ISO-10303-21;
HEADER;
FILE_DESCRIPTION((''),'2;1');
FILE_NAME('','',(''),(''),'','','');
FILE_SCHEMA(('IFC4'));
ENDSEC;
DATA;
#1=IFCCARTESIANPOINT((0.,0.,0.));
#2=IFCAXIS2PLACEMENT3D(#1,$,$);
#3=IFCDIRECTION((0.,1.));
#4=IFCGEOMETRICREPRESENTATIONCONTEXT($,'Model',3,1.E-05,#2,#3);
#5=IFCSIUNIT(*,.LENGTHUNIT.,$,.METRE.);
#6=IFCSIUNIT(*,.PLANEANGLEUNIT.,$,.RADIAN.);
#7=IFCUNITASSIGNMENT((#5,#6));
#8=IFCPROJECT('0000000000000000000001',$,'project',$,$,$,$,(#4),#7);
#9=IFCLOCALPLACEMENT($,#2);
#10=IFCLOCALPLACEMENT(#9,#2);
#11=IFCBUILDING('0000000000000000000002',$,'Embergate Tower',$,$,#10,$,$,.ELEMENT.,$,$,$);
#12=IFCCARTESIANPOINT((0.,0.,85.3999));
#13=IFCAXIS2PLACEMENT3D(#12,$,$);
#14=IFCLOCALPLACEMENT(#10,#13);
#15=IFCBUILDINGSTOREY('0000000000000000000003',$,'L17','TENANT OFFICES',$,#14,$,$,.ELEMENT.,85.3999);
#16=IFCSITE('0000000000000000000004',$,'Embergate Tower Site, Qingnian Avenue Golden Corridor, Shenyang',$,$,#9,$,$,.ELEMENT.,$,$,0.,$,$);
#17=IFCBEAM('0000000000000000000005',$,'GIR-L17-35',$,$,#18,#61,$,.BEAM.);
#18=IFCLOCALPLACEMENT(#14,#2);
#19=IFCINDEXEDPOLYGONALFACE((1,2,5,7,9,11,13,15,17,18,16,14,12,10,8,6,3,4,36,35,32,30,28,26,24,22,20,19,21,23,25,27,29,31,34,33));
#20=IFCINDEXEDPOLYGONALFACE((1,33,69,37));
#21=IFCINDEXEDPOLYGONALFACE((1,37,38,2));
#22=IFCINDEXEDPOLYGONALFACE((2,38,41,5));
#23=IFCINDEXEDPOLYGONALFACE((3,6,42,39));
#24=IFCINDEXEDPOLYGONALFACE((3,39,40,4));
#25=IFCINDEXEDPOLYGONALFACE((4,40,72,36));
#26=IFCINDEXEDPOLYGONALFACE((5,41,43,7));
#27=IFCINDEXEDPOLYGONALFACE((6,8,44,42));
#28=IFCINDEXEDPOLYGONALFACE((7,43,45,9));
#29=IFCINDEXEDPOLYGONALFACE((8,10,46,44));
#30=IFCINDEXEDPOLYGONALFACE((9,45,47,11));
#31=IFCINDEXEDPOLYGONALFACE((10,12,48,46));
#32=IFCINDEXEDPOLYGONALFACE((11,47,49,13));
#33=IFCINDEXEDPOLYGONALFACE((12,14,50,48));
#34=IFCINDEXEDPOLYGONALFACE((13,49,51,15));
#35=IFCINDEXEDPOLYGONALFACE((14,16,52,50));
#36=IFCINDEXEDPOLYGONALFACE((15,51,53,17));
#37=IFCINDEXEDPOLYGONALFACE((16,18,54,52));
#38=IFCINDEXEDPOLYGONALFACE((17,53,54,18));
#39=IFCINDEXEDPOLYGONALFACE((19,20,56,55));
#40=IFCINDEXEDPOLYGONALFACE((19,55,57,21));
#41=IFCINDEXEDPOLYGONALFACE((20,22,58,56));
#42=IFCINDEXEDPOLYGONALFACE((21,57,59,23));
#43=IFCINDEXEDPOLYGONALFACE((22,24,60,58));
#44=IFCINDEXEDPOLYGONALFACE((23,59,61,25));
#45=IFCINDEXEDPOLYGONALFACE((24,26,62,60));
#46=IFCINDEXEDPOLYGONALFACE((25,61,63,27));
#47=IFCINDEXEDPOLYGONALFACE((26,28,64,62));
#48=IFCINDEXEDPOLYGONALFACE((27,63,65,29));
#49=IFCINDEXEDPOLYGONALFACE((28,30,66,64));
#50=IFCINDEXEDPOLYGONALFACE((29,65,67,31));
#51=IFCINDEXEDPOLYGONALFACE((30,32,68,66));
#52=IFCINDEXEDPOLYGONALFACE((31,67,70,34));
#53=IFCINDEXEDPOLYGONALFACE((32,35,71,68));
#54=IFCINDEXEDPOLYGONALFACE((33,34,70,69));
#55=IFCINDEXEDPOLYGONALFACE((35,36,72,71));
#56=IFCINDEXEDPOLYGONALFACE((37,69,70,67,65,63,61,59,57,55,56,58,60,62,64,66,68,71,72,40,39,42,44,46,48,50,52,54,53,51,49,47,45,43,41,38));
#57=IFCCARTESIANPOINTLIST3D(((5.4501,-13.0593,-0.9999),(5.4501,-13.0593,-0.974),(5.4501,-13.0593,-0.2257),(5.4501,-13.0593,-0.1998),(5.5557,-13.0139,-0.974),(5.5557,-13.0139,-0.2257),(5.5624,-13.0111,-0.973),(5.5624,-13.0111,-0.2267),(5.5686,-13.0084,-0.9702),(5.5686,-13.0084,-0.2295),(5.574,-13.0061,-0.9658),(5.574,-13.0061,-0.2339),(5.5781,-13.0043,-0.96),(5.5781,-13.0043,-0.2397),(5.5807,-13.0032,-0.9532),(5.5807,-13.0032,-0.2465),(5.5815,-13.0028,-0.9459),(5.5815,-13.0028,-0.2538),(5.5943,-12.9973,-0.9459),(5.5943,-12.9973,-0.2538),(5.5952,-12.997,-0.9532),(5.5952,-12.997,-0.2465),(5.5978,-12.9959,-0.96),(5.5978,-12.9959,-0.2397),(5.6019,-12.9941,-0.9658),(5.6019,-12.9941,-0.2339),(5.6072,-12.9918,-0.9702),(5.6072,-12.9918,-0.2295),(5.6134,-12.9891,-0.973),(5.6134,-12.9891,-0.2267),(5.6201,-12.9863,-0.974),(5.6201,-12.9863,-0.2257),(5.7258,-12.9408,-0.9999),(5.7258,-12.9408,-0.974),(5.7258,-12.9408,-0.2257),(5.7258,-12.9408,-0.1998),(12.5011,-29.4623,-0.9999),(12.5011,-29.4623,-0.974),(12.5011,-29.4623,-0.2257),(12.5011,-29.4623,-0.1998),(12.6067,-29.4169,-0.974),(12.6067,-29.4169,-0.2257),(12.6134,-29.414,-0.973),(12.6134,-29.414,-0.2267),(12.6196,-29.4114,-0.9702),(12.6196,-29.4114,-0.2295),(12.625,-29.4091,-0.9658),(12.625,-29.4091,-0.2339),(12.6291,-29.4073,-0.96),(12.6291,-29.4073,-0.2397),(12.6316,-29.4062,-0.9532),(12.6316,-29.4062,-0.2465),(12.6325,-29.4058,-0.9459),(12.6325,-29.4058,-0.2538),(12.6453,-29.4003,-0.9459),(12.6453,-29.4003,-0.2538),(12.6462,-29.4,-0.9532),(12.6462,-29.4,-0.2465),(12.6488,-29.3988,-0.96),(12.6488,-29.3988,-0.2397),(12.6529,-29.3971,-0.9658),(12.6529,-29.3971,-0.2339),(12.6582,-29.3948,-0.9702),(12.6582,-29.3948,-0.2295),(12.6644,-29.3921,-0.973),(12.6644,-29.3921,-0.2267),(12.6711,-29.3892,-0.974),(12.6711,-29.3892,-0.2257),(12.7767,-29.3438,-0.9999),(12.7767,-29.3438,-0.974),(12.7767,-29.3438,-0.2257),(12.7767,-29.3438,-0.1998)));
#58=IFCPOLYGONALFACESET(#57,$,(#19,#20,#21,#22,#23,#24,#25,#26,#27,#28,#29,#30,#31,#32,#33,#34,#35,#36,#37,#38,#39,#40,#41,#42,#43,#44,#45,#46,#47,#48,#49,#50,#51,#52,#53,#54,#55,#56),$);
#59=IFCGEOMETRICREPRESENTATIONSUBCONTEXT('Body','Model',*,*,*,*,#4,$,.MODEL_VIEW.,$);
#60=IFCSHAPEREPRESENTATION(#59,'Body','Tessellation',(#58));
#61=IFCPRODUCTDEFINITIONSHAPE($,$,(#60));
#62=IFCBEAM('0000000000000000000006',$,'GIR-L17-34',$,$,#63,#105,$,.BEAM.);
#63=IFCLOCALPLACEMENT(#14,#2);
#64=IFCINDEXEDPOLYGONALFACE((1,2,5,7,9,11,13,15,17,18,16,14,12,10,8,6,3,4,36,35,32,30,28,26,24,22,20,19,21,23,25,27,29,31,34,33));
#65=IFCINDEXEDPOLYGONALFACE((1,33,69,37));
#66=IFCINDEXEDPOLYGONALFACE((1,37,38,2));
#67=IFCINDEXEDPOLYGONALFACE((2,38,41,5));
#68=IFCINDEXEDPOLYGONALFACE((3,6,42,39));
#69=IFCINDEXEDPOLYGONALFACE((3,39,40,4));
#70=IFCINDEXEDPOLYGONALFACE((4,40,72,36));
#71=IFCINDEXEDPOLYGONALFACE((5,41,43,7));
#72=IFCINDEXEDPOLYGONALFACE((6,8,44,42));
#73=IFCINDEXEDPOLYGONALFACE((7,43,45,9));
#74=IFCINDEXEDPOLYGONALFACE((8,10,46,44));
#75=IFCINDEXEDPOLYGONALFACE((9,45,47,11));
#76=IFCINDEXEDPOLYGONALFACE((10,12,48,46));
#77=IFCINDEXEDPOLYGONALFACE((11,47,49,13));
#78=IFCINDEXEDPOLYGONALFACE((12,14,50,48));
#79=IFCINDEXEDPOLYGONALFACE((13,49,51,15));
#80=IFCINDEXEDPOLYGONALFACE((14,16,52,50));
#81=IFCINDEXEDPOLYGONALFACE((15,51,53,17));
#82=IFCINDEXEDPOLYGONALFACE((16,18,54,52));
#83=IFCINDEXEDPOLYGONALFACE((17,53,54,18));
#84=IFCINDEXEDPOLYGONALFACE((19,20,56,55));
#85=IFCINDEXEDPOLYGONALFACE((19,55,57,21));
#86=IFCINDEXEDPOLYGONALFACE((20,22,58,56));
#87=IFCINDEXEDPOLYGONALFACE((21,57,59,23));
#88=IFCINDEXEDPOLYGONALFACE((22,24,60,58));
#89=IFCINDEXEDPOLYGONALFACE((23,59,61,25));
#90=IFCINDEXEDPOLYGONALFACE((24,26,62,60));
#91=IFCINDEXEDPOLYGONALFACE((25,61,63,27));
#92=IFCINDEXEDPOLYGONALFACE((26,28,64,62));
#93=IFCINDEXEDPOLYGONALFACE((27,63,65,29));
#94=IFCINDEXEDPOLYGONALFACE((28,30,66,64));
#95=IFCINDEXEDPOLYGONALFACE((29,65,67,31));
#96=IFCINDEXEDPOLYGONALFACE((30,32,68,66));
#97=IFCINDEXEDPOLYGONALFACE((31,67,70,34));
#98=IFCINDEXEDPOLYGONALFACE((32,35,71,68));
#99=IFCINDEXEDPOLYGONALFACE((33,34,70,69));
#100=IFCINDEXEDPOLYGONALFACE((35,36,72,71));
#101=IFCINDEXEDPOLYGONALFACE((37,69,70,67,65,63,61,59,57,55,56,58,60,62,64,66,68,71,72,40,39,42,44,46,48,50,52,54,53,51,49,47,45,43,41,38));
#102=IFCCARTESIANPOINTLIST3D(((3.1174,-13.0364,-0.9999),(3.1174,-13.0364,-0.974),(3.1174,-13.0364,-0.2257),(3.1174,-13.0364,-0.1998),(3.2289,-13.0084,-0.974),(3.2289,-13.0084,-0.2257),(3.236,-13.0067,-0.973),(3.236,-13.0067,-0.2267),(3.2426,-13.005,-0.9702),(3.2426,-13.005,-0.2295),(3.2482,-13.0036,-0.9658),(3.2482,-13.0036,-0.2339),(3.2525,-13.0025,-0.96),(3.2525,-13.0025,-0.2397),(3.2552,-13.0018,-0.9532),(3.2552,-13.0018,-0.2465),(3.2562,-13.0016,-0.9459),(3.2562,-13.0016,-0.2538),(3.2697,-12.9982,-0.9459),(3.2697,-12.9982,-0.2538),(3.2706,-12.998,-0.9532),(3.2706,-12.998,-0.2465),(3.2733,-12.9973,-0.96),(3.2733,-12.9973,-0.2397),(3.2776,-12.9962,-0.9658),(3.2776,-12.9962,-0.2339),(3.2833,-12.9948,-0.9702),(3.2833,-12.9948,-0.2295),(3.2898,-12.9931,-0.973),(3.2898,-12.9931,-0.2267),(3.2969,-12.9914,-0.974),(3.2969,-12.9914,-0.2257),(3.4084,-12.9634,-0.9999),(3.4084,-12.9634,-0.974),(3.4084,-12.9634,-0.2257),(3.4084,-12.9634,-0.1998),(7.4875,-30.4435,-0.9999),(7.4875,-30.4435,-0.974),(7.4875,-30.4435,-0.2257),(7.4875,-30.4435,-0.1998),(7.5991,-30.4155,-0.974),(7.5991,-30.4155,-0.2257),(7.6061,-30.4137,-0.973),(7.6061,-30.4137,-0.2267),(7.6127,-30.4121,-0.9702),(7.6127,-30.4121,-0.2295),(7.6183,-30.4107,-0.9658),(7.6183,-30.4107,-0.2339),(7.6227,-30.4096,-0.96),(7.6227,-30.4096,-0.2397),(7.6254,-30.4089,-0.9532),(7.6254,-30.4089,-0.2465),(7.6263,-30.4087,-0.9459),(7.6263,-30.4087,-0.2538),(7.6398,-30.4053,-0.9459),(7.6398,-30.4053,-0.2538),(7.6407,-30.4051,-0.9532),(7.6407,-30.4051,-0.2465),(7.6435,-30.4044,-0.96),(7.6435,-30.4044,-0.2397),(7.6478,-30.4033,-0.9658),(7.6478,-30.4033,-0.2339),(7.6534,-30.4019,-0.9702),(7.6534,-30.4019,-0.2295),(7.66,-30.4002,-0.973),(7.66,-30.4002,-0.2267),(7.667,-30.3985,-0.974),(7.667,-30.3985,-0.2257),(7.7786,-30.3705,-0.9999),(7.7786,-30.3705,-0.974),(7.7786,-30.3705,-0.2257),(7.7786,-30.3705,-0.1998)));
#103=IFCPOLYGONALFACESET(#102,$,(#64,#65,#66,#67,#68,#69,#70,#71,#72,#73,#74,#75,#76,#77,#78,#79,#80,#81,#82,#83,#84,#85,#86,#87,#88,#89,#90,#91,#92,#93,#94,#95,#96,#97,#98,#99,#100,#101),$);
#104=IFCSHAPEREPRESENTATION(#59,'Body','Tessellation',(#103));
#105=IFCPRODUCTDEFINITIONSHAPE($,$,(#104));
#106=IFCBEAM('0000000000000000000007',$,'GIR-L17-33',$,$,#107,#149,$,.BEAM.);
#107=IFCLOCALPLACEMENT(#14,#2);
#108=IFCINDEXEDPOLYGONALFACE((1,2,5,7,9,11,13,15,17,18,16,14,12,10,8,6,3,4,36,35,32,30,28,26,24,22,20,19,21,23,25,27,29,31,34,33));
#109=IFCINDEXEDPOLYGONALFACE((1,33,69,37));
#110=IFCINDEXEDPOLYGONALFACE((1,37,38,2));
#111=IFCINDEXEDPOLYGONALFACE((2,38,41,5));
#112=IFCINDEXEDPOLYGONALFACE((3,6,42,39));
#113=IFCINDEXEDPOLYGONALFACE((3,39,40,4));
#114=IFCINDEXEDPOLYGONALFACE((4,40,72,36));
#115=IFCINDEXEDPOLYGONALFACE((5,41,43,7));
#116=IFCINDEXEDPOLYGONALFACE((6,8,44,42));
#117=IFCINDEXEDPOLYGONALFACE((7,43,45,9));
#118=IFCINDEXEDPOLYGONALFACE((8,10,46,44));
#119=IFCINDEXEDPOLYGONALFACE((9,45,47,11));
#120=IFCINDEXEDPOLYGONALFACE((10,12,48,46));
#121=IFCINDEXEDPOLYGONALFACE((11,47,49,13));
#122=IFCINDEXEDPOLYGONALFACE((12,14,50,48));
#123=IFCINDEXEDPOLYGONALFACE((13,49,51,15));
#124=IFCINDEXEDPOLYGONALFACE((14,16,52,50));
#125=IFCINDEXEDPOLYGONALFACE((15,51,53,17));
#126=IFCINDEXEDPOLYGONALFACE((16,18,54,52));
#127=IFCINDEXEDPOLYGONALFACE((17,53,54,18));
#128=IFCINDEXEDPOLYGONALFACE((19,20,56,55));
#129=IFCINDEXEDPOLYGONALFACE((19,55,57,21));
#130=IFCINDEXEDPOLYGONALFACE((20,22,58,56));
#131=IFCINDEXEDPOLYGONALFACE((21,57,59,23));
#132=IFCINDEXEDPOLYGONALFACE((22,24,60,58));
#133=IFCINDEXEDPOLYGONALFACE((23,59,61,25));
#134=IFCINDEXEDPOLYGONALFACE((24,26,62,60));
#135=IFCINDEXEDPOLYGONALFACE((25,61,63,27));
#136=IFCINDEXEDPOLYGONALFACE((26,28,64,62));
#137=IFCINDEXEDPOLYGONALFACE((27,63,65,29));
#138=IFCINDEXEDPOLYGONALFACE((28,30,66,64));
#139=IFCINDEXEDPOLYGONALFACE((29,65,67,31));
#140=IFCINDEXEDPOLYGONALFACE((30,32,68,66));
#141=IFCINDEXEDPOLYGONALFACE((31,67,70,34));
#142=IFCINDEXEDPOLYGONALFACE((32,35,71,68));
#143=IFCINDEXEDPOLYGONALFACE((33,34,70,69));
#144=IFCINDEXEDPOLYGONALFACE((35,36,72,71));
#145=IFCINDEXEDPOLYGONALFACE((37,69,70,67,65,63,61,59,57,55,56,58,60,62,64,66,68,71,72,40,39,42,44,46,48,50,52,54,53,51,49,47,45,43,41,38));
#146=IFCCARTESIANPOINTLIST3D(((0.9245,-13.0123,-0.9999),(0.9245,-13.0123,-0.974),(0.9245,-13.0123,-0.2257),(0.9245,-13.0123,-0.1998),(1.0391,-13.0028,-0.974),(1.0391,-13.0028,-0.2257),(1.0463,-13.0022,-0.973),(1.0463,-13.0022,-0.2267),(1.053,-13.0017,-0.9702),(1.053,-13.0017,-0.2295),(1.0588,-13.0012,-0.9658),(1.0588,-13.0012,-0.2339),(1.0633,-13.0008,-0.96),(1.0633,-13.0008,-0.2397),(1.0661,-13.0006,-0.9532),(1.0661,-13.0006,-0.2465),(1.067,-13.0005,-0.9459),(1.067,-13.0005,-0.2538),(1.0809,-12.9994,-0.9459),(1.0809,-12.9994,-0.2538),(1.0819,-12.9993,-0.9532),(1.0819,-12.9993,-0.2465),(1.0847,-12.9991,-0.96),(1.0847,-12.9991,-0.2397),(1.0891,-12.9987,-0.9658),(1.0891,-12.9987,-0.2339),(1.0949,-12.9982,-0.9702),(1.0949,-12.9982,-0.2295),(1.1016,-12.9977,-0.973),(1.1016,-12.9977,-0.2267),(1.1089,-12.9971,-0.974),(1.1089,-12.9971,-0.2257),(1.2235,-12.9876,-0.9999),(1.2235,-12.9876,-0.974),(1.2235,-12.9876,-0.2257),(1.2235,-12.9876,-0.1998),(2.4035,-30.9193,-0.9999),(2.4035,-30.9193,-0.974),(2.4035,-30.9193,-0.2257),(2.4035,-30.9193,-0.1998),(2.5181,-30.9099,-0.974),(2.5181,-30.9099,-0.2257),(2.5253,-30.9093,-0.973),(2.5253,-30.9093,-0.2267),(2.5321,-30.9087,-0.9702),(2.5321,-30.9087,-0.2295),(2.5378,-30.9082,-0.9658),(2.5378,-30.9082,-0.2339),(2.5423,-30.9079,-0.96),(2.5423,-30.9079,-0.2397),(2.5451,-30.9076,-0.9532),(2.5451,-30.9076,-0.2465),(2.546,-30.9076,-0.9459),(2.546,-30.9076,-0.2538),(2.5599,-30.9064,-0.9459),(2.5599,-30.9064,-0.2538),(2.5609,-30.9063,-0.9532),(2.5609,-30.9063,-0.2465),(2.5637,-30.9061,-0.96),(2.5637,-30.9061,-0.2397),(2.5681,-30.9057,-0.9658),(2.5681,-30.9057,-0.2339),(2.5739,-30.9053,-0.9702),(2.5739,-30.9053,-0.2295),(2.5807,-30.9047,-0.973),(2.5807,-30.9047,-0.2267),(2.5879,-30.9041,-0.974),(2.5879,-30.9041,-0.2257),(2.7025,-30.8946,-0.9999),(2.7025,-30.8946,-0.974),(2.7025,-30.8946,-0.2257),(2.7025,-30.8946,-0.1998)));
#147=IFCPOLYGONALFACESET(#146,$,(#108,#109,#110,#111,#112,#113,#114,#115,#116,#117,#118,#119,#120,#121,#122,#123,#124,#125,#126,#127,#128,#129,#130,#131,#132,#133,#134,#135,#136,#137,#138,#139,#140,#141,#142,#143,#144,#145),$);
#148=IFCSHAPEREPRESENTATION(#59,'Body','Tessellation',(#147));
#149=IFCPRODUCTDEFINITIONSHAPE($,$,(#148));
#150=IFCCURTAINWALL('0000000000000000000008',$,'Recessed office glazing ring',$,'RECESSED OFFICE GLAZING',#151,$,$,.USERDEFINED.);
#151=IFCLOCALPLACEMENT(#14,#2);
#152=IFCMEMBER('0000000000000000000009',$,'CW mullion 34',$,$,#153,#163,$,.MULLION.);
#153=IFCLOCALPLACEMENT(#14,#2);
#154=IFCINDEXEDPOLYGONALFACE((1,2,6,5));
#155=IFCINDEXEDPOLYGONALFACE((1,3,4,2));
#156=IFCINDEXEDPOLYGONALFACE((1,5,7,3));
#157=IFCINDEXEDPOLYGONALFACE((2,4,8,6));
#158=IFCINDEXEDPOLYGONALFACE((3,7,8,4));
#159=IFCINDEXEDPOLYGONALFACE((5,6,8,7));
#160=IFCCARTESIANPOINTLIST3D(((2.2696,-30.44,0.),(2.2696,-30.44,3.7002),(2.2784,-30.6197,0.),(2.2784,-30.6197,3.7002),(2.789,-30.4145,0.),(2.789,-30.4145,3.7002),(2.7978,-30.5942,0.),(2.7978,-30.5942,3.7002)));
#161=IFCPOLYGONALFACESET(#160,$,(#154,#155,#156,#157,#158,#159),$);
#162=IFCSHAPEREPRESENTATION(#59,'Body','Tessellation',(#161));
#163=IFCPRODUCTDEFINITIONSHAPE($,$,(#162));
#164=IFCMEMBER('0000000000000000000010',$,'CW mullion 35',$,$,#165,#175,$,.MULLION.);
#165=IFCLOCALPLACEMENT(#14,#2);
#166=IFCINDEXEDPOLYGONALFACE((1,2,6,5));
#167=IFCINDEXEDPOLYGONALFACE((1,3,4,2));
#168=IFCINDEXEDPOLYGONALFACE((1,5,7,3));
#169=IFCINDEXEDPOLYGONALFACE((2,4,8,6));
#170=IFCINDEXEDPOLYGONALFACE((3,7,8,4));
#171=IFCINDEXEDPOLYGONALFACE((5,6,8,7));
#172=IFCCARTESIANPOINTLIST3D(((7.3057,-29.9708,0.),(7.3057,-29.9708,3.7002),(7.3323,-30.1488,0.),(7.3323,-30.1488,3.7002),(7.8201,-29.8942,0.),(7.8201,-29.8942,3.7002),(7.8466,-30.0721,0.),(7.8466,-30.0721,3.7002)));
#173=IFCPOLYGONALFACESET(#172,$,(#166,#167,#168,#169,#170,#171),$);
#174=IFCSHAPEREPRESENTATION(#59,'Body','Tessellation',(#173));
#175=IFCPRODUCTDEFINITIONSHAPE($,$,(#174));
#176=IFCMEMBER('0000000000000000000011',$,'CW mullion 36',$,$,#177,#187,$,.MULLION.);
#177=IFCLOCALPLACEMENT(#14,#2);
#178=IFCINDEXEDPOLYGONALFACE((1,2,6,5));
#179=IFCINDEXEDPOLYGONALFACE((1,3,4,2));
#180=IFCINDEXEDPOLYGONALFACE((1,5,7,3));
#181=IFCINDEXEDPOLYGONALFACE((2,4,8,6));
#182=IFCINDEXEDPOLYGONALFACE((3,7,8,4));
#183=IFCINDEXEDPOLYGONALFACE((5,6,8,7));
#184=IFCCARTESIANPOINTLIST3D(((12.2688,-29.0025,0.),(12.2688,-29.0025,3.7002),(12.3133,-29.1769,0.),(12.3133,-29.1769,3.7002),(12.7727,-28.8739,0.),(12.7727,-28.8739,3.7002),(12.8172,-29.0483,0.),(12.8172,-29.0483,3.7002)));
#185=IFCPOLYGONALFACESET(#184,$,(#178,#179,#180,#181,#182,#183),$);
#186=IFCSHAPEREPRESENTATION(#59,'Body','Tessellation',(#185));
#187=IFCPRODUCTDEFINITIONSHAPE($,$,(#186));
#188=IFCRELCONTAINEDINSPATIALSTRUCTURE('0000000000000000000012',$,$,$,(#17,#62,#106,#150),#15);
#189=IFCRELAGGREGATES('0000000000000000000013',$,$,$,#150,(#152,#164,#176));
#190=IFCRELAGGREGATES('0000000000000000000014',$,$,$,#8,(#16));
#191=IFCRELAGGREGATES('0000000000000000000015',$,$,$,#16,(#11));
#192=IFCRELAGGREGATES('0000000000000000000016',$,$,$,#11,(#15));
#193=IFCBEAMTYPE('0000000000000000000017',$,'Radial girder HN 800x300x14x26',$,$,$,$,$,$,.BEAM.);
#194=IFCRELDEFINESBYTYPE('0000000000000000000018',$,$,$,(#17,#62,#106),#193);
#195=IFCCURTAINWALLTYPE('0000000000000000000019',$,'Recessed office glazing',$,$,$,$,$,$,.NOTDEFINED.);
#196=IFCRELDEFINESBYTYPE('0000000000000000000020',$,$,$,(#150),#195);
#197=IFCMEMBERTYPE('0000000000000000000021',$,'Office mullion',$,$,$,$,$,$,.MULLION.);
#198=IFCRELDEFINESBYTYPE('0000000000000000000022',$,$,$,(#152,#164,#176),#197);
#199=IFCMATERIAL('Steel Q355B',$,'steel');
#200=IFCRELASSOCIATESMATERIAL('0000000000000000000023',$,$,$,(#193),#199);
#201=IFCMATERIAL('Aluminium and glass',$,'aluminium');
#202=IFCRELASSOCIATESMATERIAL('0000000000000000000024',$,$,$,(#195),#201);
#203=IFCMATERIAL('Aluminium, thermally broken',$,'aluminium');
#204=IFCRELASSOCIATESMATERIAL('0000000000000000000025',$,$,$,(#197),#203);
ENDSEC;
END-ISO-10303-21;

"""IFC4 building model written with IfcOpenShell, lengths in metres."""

from ifc_helpers import new_model, si_unit, direction, frame, origin, origin_2d, place, context, subcontext, project, spatial, rectangle, i_section, extrude, source, transform, mapped, material, material_profile, profile_set, type_object, element, aggregate, save


model = new_model("IFC4")

# Units and contexts
model_context = context("Model", 3, precision=1e-05, world=origin(), true_north=direction((0.0, 1.0)))
body_context = subcontext(model_context, "Body", "Model", "MODEL_VIEW")
ifc_project = project(units=[si_unit("LENGTHUNIT", "METRE"), si_unit("PLANEANGLEUNIT", "RADIAN")], contexts=[model_context])

# Site, building, storey
site_placement = place(None, origin())
site = spatial("IfcSite", under=ifc_project, at=site_placement, Name="Embergate Tower Site, Qingnian Avenue Golden Corridor, Shenyang", CompositionType="ELEMENT", RefElevation=0.0)
building_placement = place(site_placement, origin())
building = spatial("IfcBuilding", under=site, at=building_placement, Name="Embergate Tower", CompositionType="ELEMENT")
storey_placement = place(building_placement, frame((0.0, 0.0, 85.3999)))
storey = spatial("IfcBuildingStorey", under=building, at=storey_placement, Name="L17", Description="TENANT OFFICES", CompositionType="ELEMENT", Elevation=85.3999)

# Beams
ifc_material_1 = material(Name="Steel Q355B", Category="steel")
ifc_material_profile_1 = material_profile(ifc_material_1, i_section(OverallWidth=0.3, OverallDepth=0.8, WebThickness=0.0139, FlangeThickness=0.0259, FilletRadius=0.0281, at=origin_2d()), Name="HN 800x300x14x26")
ifc_profile_set_1 = profile_set([ifc_material_profile_1], Name="Steel Q355 grade B")
beam_type_1 = type_object("IfcBeamType", Name="Radial girder HN 800x300x14x26", PredefinedType="BEAM", material=ifc_profile_set_1)
shared_shape_1 = source(origin(), body_context, "Body", "SweptSolid", [
    extrude(i_section(OverallWidth=0.3, OverallDepth=0.8, WebThickness=0.0139, FlangeThickness=0.0259, FilletRadius=0.0281, at=origin_2d()), origin(), (0.0, 0.0, 1.0), 17.8542),
])
beam_1_placement = place(storey_placement, frame((12.6389, -29.4031, -0.5999), z_axis=(-0.394919, 0.918716, 0.0), x_axis=(-0.918716, -0.394919, 0.0)))
element("IfcBeam", 1, at=beam_1_placement, inside=storey, type_object=beam_type_1, Name="GIR-L17-35", PredefinedType="BEAM", context=body_context, shape_type="MappedRepresentation", body=[
    mapped(shared_shape_1, transform((0.0, 0.0, 0.0))),
])
shared_shape_2 = source(origin(), body_context, "Body", "SweptSolid", [
    extrude(i_section(OverallWidth=0.3, OverallDepth=0.8, WebThickness=0.0139, FlangeThickness=0.0259, FilletRadius=0.0281, at=origin_2d()), origin(), (0.0, 0.0, 1.0), 17.9473),
])
beam_2_placement = place(storey_placement, frame((7.6331, -30.407, -0.5999), z_axis=(-0.243499, 0.969901, 0.0), x_axis=(-0.969901, -0.243499, 0.0)))
element("IfcBeam", 2, at=beam_2_placement, inside=storey, type_object=beam_type_1, Name="GIR-L17-34", PredefinedType="BEAM", context=body_context, shape_type="MappedRepresentation", body=[
    mapped(shared_shape_2, transform((0.0, 0.0, 0.0))),
])
shared_shape_3 = source(origin(), body_context, "Body", "SweptSolid", [
    extrude(i_section(OverallWidth=0.3, OverallDepth=0.8, WebThickness=0.0139, FlangeThickness=0.0259, FilletRadius=0.0281, at=origin_2d()), origin(), (0.0, 0.0, 1.0), 17.968),
])
beam_3_placement = place(storey_placement, frame((2.553, -30.907, -0.5999), z_axis=(-0.082313, 0.996606, 0.0), x_axis=(-0.996606, -0.082313, 0.0)))
element("IfcBeam", 3, at=beam_3_placement, inside=storey, type_object=beam_type_1, Name="GIR-L17-33", PredefinedType="BEAM", context=body_context, shape_type="MappedRepresentation", body=[
    mapped(shared_shape_3, transform((0.0, 0.0, 0.0))),
])

# Curtain wall, members
ifc_material_2 = material(Name="Aluminium and glass", Category="aluminium")
curtain_wall_type = type_object("IfcCurtainWallType", Name="Recessed office glazing", PredefinedType="NOTDEFINED", material=ifc_material_2)
curtain_wall_placement = place(storey_placement, origin())
curtain_wall = element("IfcCurtainWall", 4, at=curtain_wall_placement, inside=storey, type_object=curtain_wall_type, Name="Recessed office glazing ring", ObjectType="RECESSED OFFICE GLAZING", PredefinedType="USERDEFINED")
ifc_material_3 = material(Name="Aluminium, thermally broken", Category="aluminium")
ifc_material_profile_2 = material_profile(ifc_material_3, rectangle(XDim=0.1799, YDim=0.52, at=origin_2d()), Name="AL 520x180")
ifc_profile_set_2 = profile_set([ifc_material_profile_2], Name="Aluminium, thermally broken")
member_type_1 = type_object("IfcMemberType", Name="Office mullion", PredefinedType="MULLION", material=ifc_profile_set_2)
shared_shape_4 = source(origin(), body_context, "Body", "SweptSolid", [
    extrude(rectangle(XDim=0.1799, YDim=0.52, at=origin_2d()), origin(), (0.0, 0.0, 1.0), 3.7002),
])
member_1_placement = place(storey_placement, frame((2.5337, -30.5171, 0.0), z_axis=(0.0, 0.0, 1.0), x_axis=(-0.048972, 0.9988, 0.0)))
member_1 = element("IfcMember", 5, at=member_1_placement, type_object=member_type_1, Name="CW mullion 34", PredefinedType="MULLION", context=body_context, shape_type="MappedRepresentation", body=[
    mapped(shared_shape_4, transform((0.0, 0.0, 0.0))),
])
member_2_placement = place(storey_placement, frame((7.5762, -30.0215, 0.0), z_axis=(0.0, 0.0, 1.0), x_axis=(-0.147412, 0.989075, 0.0)))
member_2 = element("IfcMember", 6, at=member_2_placement, type_object=member_type_1, Name="CW mullion 35", PredefinedType="MULLION", context=body_context, shape_type="MappedRepresentation", body=[
    mapped(shared_shape_4, transform((0.0, 0.0, 0.0))),
])
member_3_placement = place(storey_placement, frame((12.543, -29.0254, 0.0), z_axis=(0.0, 0.0, 1.0), x_axis=(-0.247312, 0.968936, 0.0)))
member_3 = element("IfcMember", 7, at=member_3_placement, type_object=member_type_1, Name="CW mullion 36", PredefinedType="MULLION", context=body_context, shape_type="MappedRepresentation", body=[
    mapped(shared_shape_4, transform((0.0, 0.0, 0.0))),
])

aggregate(curtain_wall, [member_1, member_2, member_3])

save(model, "model.ifc")
